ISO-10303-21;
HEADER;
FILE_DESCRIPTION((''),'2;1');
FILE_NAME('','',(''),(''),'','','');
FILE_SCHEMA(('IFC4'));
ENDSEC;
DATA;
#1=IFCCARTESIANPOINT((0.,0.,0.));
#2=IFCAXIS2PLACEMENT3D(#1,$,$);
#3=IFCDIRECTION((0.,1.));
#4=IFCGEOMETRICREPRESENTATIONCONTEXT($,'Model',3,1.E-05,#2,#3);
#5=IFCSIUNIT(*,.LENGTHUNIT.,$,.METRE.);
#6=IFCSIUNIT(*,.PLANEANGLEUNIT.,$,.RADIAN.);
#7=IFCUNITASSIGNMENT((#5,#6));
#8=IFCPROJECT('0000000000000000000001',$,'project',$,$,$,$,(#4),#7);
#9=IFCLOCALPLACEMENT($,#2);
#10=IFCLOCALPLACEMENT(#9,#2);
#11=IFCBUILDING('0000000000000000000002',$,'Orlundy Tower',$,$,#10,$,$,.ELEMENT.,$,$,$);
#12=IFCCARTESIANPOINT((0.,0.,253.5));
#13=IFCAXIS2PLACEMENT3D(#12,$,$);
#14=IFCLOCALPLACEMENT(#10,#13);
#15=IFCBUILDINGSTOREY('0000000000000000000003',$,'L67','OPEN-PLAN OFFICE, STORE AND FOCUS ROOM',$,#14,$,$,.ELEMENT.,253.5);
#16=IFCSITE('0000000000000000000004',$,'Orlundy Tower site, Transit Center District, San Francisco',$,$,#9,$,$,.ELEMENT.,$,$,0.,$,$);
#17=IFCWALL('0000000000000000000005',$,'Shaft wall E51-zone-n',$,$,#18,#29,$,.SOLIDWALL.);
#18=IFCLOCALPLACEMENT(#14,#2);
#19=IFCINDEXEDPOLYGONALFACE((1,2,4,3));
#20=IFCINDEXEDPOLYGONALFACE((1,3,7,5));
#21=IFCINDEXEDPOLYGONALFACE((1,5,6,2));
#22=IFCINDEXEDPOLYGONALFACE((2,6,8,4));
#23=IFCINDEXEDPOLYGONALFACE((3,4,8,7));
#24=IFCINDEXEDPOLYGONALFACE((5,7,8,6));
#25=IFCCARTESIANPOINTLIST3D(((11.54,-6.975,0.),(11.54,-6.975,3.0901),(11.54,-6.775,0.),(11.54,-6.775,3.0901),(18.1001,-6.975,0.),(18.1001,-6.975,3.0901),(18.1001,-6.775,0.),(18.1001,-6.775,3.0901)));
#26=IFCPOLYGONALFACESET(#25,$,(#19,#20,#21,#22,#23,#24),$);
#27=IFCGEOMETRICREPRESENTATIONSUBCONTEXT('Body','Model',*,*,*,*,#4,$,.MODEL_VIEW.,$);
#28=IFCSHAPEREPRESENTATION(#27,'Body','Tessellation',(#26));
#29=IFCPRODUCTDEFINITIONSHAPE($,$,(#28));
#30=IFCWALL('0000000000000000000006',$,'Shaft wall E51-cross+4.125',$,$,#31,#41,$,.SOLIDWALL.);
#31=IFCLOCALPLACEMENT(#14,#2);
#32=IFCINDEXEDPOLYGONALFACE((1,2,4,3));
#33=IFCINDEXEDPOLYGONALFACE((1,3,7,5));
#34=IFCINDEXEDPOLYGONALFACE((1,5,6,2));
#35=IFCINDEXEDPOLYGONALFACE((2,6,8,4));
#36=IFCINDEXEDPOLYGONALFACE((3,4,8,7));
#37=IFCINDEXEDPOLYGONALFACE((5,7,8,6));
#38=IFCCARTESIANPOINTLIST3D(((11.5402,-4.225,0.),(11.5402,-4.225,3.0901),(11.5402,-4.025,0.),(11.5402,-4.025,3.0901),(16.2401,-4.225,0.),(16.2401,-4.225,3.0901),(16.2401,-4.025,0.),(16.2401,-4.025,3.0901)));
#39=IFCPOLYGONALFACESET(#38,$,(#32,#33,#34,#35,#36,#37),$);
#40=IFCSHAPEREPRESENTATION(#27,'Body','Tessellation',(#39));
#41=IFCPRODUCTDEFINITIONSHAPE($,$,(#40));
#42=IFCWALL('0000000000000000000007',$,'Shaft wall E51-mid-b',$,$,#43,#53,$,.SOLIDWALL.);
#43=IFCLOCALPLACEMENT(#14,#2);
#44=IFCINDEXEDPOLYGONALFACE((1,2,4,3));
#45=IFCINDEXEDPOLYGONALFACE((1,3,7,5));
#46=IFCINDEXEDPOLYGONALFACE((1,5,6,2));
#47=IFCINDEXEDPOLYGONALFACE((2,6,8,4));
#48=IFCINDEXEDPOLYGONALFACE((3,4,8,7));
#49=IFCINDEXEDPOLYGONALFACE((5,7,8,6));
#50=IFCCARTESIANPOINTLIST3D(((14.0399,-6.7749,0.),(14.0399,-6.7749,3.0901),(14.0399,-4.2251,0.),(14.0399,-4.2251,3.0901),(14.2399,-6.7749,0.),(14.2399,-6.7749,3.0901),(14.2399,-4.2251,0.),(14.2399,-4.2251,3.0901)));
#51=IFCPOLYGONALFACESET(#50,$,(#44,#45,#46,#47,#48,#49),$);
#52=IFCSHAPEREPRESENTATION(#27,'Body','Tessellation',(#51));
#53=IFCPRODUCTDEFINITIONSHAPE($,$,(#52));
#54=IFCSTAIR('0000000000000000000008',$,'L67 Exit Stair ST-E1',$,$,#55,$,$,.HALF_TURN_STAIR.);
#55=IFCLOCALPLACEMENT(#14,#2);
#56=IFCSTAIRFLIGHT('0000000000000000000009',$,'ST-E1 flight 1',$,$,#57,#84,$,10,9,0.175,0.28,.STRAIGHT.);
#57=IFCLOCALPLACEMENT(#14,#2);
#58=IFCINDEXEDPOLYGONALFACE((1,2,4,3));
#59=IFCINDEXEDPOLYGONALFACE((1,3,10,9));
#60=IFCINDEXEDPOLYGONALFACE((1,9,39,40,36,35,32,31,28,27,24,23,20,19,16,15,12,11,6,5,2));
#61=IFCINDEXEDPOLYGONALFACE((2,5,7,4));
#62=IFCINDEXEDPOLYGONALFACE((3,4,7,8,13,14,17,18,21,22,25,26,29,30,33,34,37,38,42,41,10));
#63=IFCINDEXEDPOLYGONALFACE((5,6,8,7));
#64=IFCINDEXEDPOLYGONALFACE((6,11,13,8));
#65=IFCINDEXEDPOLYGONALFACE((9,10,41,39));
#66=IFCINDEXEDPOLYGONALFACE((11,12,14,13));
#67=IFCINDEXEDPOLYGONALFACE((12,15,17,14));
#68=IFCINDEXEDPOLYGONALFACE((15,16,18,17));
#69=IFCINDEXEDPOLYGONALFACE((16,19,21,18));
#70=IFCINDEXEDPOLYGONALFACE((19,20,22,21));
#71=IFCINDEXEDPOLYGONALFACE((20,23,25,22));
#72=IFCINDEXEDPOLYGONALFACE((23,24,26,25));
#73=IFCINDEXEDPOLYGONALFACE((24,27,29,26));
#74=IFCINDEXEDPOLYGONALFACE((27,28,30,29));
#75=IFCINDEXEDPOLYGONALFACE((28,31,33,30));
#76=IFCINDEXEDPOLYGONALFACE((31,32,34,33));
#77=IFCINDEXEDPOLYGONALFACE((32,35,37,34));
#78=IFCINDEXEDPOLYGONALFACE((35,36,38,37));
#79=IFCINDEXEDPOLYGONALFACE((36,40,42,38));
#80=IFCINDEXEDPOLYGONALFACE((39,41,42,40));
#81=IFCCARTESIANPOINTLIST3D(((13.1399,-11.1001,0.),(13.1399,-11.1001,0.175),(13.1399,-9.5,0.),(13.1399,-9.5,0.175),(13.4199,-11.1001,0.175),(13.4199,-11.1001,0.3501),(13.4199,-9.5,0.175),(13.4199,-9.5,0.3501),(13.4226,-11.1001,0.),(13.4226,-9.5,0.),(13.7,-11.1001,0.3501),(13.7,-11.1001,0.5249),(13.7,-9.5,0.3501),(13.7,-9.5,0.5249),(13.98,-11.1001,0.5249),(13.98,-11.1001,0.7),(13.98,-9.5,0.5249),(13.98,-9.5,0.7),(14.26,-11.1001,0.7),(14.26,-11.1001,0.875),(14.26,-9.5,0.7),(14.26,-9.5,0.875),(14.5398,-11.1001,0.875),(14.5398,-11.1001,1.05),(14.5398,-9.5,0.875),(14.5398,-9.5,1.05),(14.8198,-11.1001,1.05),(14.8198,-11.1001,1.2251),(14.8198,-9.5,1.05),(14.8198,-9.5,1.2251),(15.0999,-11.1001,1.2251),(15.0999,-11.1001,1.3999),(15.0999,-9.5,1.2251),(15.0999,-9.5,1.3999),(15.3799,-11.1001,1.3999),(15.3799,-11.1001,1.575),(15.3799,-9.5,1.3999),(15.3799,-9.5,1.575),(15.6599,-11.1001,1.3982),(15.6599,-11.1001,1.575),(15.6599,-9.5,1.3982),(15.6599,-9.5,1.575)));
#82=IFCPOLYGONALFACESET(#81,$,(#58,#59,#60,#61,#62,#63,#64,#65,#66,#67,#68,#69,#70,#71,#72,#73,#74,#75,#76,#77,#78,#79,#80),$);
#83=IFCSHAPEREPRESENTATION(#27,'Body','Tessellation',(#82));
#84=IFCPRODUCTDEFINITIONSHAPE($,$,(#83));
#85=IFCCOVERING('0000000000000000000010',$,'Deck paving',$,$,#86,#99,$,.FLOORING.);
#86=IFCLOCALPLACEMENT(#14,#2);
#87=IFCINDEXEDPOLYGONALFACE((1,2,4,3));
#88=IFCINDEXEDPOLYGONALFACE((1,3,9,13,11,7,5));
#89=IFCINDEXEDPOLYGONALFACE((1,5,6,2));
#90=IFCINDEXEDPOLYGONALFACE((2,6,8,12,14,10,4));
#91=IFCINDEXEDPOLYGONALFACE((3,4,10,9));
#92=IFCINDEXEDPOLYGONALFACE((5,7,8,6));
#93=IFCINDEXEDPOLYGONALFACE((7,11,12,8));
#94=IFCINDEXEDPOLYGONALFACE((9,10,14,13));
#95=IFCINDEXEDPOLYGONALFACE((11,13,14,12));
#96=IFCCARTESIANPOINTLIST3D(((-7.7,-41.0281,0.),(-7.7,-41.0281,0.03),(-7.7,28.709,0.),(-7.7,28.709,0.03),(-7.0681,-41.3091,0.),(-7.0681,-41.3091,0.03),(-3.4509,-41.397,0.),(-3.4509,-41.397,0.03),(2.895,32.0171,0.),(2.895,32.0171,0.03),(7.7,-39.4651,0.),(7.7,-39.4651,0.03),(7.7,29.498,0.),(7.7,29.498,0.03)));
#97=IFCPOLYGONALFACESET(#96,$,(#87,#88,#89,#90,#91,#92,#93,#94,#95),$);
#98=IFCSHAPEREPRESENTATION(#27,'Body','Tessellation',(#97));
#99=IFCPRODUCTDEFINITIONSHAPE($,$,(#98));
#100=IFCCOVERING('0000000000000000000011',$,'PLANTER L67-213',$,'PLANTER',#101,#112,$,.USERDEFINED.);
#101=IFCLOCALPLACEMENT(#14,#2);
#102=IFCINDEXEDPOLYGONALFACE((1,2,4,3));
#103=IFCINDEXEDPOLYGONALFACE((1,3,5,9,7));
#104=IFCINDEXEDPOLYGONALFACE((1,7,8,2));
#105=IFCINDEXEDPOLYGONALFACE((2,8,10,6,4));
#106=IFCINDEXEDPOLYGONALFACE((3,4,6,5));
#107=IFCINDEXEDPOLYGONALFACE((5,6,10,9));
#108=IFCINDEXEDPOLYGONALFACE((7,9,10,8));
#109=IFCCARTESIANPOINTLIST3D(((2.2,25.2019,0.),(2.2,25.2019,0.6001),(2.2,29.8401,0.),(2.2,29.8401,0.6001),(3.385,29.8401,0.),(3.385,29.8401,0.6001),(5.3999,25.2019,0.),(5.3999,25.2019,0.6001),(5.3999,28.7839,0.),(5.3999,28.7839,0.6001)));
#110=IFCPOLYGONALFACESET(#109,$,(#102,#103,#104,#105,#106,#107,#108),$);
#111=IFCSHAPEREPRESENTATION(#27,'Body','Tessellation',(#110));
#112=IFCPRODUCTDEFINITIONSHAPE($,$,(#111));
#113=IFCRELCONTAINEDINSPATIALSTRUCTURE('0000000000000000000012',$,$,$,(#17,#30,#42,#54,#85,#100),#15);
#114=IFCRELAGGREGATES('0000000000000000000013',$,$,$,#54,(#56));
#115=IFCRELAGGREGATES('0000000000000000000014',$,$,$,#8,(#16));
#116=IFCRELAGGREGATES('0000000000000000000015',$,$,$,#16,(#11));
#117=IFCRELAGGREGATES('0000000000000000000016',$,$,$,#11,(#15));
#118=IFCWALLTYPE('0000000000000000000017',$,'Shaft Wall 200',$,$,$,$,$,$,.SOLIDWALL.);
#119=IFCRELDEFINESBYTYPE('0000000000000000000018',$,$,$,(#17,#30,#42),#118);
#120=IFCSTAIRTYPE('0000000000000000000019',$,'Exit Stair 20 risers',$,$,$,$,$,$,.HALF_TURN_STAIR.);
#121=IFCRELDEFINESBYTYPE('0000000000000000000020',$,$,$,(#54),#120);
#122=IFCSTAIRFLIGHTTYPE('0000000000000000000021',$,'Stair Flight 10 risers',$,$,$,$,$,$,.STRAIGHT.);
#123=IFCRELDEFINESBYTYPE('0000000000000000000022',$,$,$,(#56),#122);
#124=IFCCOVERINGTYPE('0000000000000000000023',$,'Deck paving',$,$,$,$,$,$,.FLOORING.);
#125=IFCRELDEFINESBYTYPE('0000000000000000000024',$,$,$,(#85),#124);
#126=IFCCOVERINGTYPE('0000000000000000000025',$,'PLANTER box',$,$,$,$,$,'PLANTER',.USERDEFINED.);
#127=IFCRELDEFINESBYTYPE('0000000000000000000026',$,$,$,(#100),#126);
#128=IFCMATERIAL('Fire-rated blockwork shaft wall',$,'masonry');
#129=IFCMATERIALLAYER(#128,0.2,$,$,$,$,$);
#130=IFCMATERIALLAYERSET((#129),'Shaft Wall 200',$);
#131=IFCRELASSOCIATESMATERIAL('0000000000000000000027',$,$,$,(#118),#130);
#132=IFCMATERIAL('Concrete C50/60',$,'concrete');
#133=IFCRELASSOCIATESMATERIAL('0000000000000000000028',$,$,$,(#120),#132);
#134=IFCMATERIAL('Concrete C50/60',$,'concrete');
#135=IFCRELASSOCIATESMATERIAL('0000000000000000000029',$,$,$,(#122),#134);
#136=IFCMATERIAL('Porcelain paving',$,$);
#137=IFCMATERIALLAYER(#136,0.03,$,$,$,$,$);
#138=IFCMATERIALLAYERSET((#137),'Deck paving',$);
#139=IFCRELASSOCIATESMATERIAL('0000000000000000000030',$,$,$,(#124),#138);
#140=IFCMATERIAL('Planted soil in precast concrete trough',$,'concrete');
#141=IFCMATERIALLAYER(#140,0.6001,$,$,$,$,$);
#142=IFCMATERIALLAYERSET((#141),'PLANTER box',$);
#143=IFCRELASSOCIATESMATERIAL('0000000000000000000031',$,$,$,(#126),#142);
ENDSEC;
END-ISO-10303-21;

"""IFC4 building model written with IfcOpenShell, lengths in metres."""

from ifc_helpers import new_model, si_unit, direction, frame, frame_2d, origin, place, context, subcontext, project, spatial, polyline, rectangle, outline, extrude, material, layer, layer_set, type_object, element, aggregate, save


model = new_model("IFC4")

# Units and contexts
model_context = context("Model", 3, precision=1e-05, world=origin(), true_north=direction((0.0, 1.0)))
body_context = subcontext(model_context, "Body", "Model", "MODEL_VIEW")
ifc_project = project(units=[si_unit("LENGTHUNIT", "METRE"), si_unit("PLANEANGLEUNIT", "RADIAN")], contexts=[model_context])

# Site, building, storey
site_placement = place(None, origin())
site = spatial("IfcSite", under=ifc_project, at=site_placement, Name="Orlundy Tower site, Transit Center District, San Francisco", CompositionType="ELEMENT", RefElevation=0.0)
building_placement = place(site_placement, origin())
building = spatial("IfcBuilding", under=site, at=building_placement, Name="Orlundy Tower", CompositionType="ELEMENT")
storey_placement = place(building_placement, frame((0.0, 0.0, 253.5)))
storey = spatial("IfcBuildingStorey", under=building, at=storey_placement, Name="L67", Description="OPEN-PLAN OFFICE, STORE AND FOCUS ROOM", CompositionType="ELEMENT", Elevation=253.5)

# Walls
ifc_material_1 = material(Name="Fire-rated blockwork shaft wall", Category="masonry")
ifc_layer_1 = layer(ifc_material_1, 0.2)
ifc_layer_set_1 = layer_set([ifc_layer_1], Name="Shaft Wall 200")
wall_type_1 = type_object("IfcWallType", Name="Shaft Wall 200", PredefinedType="SOLIDWALL", material=ifc_layer_set_1)
wall_1_placement = place(storey_placement, frame((11.54, -6.875, 0.0), z_axis=(0.0, 0.0, 1.0), x_axis=(1.0, 0.0, 0.0)))
element("IfcWall", 1, at=wall_1_placement, inside=storey, type_object=wall_type_1, Name="Shaft wall E51-zone-n", PredefinedType="SOLIDWALL", context=body_context, shape_type="SweptSolid", body=[
    extrude(rectangle(XDim=6.5601, YDim=0.2, at=frame_2d((3.28, 0.0))), origin(), (0.0, 0.0, 1.0), 3.0901),
])
wall_2_placement = place(storey_placement, frame((11.54, -4.125, 0.0), z_axis=(0.0, 0.0, 1.0), x_axis=(1.0, 0.0, 0.0)))
element("IfcWall", 2, at=wall_2_placement, inside=storey, type_object=wall_type_1, Name="Shaft wall E51-cross+4.125", PredefinedType="SOLIDWALL", context=body_context, shape_type="SweptSolid", body=[
    extrude(rectangle(XDim=4.7, YDim=0.2, at=frame_2d((2.3501, 0.0))), origin(), (0.0, 0.0, 1.0), 3.0901),
])
wall_3_placement = place(storey_placement, frame((14.1399, -4.2251, 0.0), z_axis=(0.0, 0.0, 1.0), x_axis=(0.0, -1.0, 0.0)))
element("IfcWall", 3, at=wall_3_placement, inside=storey, type_object=wall_type_1, Name="Shaft wall E51-mid-b", PredefinedType="SOLIDWALL", context=body_context, shape_type="SweptSolid", body=[
    extrude(rectangle(XDim=2.5498, YDim=0.2, at=frame_2d((1.2749, 0.0))), origin(), (0.0, 0.0, 1.0), 3.0901),
])

# Stair, stair flight
ifc_material_2 = material(Name="Concrete C50/60", Category="concrete")
stair_type = type_object("IfcStairType", Name="Exit Stair 20 risers", PredefinedType="HALF_TURN_STAIR", material=ifc_material_2)
stair_placement = place(storey_placement, origin())
stair = element("IfcStair", 4, at=stair_placement, inside=storey, type_object=stair_type, Name="L67 Exit Stair ST-E1", PredefinedType="HALF_TURN_STAIR")
ifc_material_3 = material(Name="Concrete C50/60", Category="concrete")
stair_flight_type = type_object("IfcStairFlightType", Name="Stair Flight 10 risers", PredefinedType="STRAIGHT", material=ifc_material_3)
stair_flight_placement = place(storey_placement, frame((13.1399, -10.3, 0.0), z_axis=(0.0, 0.0, 1.0), x_axis=(1.0, 0.0, 0.0)))
stair_flight = element("IfcStairFlight", 5, at=stair_flight_placement, type_object=stair_flight_type, Name="ST-E1 flight 1", NumberOfRisers=10, NumberOfTreads=9, PredefinedType="STRAIGHT", RiserHeight=0.175, TreadLength=0.28, context=body_context, shape_type="SweptSolid", body=[
    extrude(outline(polyline([(0.0, 0.0), (0.0, 0.175), (0.28, 0.175), (0.28, 0.3501), (0.5601, 0.3501), (0.5601, 0.5249), (0.8401, 0.5249), (0.8401, 0.7), (1.1201, 0.7), (1.1201, 0.875), (1.3999, 0.875), (1.3999, 1.05), (1.6799, 1.05), (1.6799, 1.2251), (1.96, 1.2251), (1.96, 1.3999), (2.24, 1.3999), (2.24, 1.575), (2.52, 1.575), (2.52, 1.75), (2.52, 1.3982), (0.2827, 0.0), (0.0, 0.0)])), frame((0.0, 0.8, 0.0), z_axis=(0.0, -1.0, 0.0), x_axis=(1.0, 0.0, 0.0)), (0.0, 0.0, 1.0), 1.6001),
])
aggregate(stair, [stair_flight])

# Coverings
ifc_material_4 = material(Name="Porcelain paving")
ifc_layer_2 = layer(ifc_material_4, 0.03)
ifc_layer_set_2 = layer_set([ifc_layer_2], Name="Deck paving")
covering_type_1 = type_object("IfcCoveringType", Name="Deck paving", PredefinedType="FLOORING", material=ifc_layer_set_2)
covering_1_placement = place(storey_placement, origin())
element("IfcCovering", 6, at=covering_1_placement, inside=storey, type_object=covering_type_1, Name="Deck paving", PredefinedType="FLOORING", context=body_context, shape_type="SweptSolid", body=[
    extrude(outline(polyline([(7.7, 29.498), (7.7, -39.4651), (-3.4509, -41.397), (-7.0681, -41.3091), (-7.7, -41.0281), (-7.7, 28.709), (2.895, 32.0171), (7.7, 29.498)])), origin(), (0.0, 0.0, 1.0), 0.03),
])
ifc_material_5 = material(Name="Planted soil in precast concrete trough", Category="concrete")
ifc_layer_3 = layer(ifc_material_5, 0.6001)
ifc_layer_set_3 = layer_set([ifc_layer_3], Name="PLANTER box")
covering_type_2 = type_object("IfcCoveringType", Name="PLANTER box", ElementType="PLANTER", PredefinedType="USERDEFINED", material=ifc_layer_set_3)
covering_2_placement = place(storey_placement, origin())
element("IfcCovering", 7, at=covering_2_placement, inside=storey, type_object=covering_type_2, Name="PLANTER L67-213", ObjectType="PLANTER", PredefinedType="USERDEFINED", context=body_context, shape_type="SweptSolid", body=[
    extrude(outline(polyline([(2.2, 29.8401), (3.385, 29.8401), (5.3999, 28.7839), (5.3999, 25.2019), (2.2, 25.2019), (2.2, 29.8401)])), origin(), (0.0, 0.0, 1.0), 0.6001),
])

save(model, "model.ifc")
